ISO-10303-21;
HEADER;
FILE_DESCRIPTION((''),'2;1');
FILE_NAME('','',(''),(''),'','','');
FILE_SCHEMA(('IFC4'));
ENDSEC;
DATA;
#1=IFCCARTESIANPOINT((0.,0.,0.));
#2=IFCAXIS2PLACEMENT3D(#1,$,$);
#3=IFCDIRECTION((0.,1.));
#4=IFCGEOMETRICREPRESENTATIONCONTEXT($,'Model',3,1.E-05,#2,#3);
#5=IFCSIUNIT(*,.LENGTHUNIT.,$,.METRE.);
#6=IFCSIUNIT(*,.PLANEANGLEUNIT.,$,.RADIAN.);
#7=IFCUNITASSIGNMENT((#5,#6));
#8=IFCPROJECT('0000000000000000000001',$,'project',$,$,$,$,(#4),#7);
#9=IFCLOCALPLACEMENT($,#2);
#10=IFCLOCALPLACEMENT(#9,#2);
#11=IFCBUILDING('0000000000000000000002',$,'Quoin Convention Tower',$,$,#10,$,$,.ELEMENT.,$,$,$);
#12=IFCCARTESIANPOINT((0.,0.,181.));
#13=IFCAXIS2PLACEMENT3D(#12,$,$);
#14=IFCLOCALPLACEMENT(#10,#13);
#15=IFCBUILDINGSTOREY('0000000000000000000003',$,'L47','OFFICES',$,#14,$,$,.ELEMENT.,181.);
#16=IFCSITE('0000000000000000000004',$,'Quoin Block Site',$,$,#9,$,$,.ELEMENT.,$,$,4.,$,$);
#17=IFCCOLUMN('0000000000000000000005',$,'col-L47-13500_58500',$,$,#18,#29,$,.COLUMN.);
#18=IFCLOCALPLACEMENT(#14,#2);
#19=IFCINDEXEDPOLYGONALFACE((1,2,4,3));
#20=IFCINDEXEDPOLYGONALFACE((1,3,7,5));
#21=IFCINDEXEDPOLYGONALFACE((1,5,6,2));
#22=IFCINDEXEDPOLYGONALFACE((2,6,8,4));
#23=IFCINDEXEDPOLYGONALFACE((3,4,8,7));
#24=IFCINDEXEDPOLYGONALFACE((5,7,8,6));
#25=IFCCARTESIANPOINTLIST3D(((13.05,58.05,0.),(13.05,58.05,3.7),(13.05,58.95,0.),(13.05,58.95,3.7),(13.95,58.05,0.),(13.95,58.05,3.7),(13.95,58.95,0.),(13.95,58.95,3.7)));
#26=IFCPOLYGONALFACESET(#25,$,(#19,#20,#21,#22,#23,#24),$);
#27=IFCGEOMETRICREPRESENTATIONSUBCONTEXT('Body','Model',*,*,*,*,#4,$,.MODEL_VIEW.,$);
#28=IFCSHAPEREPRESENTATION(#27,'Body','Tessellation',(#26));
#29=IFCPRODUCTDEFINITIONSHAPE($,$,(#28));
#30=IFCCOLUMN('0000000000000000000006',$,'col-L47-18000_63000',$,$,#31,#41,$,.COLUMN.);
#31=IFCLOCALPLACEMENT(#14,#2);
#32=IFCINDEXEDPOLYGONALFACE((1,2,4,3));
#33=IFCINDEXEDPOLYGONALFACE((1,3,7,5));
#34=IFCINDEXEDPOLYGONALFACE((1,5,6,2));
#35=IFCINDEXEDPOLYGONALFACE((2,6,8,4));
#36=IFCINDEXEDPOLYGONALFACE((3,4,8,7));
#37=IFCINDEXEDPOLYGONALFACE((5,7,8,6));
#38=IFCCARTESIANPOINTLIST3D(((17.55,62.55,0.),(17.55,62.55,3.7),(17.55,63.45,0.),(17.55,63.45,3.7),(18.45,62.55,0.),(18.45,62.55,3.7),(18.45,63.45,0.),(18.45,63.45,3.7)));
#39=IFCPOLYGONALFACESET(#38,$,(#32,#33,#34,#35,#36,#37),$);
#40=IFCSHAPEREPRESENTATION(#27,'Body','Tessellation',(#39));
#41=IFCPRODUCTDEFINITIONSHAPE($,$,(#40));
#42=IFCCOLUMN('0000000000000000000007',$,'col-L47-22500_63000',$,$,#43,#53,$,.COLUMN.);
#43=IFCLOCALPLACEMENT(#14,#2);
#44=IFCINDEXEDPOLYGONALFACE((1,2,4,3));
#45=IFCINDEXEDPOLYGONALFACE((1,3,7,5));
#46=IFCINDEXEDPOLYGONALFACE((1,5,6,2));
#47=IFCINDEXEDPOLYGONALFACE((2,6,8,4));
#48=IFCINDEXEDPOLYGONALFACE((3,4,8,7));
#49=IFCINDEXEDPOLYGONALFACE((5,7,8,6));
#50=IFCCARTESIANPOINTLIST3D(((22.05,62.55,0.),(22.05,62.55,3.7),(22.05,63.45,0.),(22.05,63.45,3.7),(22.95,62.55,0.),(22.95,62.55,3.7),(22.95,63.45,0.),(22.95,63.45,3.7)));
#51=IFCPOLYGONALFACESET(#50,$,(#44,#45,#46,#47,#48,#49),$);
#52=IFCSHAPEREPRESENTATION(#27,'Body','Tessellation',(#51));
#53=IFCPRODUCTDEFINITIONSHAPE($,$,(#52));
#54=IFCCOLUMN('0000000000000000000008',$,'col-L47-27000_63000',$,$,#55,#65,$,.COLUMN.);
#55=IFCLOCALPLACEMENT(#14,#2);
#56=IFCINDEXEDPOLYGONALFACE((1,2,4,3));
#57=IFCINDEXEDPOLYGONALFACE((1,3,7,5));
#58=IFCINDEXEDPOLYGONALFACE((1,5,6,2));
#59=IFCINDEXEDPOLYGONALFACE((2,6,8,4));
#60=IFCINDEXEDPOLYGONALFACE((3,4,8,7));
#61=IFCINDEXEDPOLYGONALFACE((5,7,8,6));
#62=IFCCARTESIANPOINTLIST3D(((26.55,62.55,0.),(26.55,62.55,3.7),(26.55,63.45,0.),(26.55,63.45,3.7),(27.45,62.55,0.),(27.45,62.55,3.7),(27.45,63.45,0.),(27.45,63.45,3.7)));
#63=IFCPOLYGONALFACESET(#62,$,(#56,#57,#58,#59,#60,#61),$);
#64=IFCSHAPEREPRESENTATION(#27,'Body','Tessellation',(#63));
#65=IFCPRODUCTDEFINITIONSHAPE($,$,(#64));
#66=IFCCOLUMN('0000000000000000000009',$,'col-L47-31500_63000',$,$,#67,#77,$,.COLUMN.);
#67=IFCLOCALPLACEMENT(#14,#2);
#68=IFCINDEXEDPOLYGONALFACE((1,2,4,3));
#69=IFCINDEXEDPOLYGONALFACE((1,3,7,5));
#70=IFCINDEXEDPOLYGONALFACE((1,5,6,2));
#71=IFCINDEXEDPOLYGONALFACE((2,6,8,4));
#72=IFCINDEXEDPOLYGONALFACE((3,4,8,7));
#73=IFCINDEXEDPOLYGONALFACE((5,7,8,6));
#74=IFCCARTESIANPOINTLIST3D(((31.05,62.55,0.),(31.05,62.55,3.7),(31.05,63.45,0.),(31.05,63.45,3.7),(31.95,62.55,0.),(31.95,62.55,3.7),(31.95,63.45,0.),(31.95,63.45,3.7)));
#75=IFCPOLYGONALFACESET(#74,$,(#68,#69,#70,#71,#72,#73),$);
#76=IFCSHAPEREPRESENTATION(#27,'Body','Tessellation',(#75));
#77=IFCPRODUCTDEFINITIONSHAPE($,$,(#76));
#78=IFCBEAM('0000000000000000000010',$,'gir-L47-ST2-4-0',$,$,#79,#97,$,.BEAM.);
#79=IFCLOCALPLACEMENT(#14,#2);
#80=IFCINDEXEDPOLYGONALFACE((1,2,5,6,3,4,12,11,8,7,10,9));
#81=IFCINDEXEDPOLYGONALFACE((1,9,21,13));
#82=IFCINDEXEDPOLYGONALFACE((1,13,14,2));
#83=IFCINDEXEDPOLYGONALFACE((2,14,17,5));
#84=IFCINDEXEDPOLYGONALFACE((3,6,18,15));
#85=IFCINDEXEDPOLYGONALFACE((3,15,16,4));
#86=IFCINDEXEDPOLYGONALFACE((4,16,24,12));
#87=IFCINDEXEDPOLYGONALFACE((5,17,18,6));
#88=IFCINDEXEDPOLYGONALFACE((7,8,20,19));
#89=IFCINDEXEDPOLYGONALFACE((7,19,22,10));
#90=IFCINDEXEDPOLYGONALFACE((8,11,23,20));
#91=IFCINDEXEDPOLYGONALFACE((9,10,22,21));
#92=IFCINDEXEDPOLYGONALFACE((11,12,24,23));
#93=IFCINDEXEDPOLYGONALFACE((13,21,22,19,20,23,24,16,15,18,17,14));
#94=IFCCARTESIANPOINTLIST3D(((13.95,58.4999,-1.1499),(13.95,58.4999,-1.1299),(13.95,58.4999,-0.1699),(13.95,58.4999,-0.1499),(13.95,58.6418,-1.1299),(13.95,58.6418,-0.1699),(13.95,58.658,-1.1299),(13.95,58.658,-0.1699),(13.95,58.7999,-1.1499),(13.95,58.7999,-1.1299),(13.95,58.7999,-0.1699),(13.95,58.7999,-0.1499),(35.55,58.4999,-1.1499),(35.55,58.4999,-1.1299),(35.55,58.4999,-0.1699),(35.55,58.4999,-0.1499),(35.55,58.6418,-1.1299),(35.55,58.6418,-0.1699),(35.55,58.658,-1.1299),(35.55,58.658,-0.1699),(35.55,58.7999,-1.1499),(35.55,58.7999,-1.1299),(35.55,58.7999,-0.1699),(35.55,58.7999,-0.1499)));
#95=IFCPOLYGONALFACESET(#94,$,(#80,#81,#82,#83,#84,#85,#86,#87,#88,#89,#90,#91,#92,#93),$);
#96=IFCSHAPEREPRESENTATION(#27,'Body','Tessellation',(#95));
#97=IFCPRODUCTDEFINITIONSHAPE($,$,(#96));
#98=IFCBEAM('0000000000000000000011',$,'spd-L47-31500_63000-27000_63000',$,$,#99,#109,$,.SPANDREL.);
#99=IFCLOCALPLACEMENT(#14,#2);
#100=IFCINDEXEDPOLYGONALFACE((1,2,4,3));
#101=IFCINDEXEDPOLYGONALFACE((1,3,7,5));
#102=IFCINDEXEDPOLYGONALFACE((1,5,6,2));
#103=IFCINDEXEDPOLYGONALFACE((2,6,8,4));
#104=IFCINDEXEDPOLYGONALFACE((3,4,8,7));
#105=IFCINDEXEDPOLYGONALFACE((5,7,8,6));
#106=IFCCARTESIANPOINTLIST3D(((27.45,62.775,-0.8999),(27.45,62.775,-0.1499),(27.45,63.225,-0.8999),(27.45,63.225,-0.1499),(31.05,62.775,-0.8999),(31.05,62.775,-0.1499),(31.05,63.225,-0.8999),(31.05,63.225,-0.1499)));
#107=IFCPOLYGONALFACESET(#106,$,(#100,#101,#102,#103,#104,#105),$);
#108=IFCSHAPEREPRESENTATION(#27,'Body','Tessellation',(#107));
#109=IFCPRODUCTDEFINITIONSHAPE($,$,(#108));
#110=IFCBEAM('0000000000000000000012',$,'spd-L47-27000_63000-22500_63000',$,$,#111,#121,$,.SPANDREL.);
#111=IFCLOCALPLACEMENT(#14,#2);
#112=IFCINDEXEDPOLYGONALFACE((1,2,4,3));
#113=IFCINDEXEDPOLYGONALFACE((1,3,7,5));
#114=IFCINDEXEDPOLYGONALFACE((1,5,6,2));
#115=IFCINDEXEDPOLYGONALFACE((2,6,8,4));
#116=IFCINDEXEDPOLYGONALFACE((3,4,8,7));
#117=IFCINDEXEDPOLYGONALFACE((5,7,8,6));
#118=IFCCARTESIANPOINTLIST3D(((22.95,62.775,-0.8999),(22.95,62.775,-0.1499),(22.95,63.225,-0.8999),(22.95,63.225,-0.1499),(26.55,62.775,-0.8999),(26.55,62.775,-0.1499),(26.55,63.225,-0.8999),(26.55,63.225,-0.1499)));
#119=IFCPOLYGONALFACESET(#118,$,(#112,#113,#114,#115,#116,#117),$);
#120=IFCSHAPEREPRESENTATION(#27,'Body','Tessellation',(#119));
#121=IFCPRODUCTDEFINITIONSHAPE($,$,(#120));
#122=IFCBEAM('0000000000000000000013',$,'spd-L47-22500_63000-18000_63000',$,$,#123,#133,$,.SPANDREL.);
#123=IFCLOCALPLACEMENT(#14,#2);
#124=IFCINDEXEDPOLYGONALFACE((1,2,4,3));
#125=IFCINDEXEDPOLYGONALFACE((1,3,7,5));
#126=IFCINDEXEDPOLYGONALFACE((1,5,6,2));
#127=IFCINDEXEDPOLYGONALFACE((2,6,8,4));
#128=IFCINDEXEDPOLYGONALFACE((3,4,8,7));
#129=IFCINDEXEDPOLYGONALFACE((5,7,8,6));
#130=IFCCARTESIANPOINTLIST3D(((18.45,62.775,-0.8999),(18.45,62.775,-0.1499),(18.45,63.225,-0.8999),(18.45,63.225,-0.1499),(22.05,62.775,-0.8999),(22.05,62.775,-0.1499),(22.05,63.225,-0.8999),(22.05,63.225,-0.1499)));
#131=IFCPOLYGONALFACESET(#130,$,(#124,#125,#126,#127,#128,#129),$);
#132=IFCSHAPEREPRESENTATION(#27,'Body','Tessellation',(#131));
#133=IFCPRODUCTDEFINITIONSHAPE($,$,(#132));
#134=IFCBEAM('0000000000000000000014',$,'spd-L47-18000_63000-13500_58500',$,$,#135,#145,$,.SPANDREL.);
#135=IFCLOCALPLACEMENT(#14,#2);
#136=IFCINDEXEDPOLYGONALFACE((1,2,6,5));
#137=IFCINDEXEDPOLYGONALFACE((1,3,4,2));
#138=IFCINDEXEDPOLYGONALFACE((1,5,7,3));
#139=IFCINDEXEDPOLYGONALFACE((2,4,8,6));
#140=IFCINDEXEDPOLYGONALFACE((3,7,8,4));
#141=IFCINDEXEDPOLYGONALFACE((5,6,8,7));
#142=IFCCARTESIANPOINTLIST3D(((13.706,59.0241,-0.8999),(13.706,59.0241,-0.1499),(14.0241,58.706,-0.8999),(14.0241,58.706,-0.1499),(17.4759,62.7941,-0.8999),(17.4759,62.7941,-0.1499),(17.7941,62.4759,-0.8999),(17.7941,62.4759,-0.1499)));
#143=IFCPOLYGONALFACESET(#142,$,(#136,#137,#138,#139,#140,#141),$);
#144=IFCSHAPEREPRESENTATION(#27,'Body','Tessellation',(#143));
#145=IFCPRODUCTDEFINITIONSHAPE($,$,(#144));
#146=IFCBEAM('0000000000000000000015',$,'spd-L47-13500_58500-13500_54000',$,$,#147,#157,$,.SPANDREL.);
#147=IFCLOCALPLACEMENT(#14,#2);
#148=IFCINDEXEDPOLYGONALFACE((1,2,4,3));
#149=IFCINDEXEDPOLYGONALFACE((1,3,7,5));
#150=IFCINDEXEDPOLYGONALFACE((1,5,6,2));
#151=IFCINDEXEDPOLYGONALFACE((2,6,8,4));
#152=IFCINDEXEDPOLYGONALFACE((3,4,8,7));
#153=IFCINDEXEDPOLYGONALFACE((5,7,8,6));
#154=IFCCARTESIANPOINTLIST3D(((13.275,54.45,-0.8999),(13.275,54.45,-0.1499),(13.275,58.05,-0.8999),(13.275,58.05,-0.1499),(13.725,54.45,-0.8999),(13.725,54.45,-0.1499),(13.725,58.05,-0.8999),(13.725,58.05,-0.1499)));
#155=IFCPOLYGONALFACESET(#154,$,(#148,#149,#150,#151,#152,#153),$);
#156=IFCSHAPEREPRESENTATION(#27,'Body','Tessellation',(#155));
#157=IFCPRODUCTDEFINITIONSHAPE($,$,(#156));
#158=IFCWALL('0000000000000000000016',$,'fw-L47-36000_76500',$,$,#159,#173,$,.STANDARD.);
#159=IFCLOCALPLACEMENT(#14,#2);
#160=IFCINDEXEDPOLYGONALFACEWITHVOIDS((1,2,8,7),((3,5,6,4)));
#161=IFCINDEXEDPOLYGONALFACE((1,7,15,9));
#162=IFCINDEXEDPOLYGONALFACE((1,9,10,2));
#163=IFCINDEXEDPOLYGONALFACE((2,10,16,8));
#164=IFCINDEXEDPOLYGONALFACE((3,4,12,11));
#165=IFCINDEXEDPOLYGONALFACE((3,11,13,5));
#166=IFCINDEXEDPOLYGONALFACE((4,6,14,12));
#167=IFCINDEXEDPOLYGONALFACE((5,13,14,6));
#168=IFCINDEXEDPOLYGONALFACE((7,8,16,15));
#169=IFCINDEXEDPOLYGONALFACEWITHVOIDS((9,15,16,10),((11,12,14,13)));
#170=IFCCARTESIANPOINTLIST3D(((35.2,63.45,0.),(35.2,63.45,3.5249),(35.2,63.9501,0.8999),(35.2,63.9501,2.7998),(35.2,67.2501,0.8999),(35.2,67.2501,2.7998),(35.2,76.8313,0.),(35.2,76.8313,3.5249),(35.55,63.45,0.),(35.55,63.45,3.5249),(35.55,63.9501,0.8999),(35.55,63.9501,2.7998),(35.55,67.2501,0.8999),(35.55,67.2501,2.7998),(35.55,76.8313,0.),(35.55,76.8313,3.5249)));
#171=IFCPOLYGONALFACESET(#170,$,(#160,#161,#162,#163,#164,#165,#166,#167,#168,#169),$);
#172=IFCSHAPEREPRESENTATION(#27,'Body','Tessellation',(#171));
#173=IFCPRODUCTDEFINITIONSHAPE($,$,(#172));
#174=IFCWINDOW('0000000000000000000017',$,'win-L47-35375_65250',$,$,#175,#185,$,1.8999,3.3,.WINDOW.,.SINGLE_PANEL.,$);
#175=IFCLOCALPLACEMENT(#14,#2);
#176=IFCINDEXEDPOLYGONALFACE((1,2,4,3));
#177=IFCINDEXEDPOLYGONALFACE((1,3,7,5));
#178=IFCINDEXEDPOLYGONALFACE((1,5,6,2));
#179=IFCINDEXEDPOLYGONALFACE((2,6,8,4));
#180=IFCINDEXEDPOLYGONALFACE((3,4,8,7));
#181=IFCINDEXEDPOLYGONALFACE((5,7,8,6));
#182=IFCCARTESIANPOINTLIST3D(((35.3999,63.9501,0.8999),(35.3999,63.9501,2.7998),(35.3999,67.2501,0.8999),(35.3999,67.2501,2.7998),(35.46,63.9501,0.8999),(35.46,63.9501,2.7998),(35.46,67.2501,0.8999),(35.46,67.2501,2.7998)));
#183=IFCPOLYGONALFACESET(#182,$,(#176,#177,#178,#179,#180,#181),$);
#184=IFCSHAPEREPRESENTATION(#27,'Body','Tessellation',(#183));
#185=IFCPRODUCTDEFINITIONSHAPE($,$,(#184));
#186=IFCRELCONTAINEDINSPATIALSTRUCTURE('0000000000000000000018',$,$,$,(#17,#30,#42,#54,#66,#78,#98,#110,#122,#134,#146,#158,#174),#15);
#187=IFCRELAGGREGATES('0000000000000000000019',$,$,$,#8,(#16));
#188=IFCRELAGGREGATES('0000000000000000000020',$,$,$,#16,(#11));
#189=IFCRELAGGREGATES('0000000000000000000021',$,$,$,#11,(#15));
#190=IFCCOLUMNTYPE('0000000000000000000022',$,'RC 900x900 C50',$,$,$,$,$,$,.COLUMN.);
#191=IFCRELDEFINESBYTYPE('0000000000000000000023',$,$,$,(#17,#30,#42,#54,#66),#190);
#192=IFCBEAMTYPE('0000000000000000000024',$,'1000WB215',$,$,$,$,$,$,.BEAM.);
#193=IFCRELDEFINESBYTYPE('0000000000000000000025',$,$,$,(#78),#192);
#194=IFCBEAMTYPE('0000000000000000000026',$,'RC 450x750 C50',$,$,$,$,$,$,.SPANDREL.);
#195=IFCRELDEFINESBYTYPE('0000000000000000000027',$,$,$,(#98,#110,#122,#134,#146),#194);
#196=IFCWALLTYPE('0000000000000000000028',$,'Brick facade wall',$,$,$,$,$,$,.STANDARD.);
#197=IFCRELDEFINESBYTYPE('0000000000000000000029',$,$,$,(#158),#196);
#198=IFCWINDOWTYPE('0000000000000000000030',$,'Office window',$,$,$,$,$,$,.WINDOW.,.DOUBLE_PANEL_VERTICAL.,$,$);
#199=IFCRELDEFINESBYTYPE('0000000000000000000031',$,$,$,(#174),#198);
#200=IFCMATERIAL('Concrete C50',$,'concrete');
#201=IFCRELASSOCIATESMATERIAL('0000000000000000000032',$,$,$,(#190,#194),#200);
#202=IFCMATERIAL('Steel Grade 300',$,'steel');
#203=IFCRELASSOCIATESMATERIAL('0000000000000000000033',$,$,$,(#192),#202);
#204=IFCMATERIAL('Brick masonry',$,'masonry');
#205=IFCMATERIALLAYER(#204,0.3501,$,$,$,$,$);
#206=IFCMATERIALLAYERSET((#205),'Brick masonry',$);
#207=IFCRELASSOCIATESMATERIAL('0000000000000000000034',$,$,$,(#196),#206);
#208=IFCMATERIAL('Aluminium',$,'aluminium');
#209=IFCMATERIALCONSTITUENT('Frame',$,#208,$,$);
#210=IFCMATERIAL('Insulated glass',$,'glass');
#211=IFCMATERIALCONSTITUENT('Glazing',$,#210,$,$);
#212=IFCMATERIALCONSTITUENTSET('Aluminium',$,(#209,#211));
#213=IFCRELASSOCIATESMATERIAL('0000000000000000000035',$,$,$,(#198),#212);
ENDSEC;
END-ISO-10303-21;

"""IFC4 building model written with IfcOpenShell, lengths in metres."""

from ifc_helpers import new_model, si_unit, direction, frame, frame_2d, origin, origin_2d, place, context, subcontext, project, spatial, rectangle, i_section, extrude, material, layer, layer_set, constituent, constituent_set, material_profile, profile_set, type_object, element, fill, save


model = new_model("IFC4")

# Units and contexts
model_context = context("Model", 3, precision=1e-05, world=origin(), true_north=direction((0.0, 1.0)))
body_context = subcontext(model_context, "Body", "Model", "MODEL_VIEW")
ifc_project = project(units=[si_unit("LENGTHUNIT", "METRE"), si_unit("PLANEANGLEUNIT", "RADIAN")], contexts=[model_context])

# Site, building, storey
site_placement = place(None, origin())
site = spatial("IfcSite", under=ifc_project, at=site_placement, Name="Quoin Block Site", CompositionType="ELEMENT", RefElevation=4.0)
building_placement = place(site_placement, origin())
building = spatial("IfcBuilding", under=site, at=building_placement, Name="Quoin Convention Tower", CompositionType="ELEMENT")
storey_placement = place(building_placement, frame((0.0, 0.0, 181.0)))
storey = spatial("IfcBuildingStorey", under=building, at=storey_placement, Name="L47", Description="OFFICES", CompositionType="ELEMENT", Elevation=181.0)

# Columns
ifc_material_1 = material(Name="Concrete C50", Category="concrete")
ifc_material_profile_1 = material_profile(ifc_material_1, rectangle(XDim=0.8999, YDim=0.8999, at=origin_2d()), Name="RC 900x900")
ifc_profile_set_1 = profile_set([ifc_material_profile_1], Name="Concrete C50")
column_type = type_object("IfcColumnType", Name="RC 900x900 C50", PredefinedType="COLUMN", material=ifc_profile_set_1)
for number, where, z_axis, x_axis, name in (
    (1, (13.5, 58.5, 0.0), (0.0, 0.0, 1.0), (1.0, 0.0, 0.0), "col-L47-13500_58500"),
    (2, (18.0, 63.0, 0.0), (0.0, 0.0, 1.0), (1.0, 0.0, 0.0), "col-L47-18000_63000"),
    (3, (22.5, 63.0, 0.0), (0.0, 0.0, 1.0), (1.0, 0.0, 0.0), "col-L47-22500_63000"),
    (4, (27.0, 63.0, 0.0), (0.0, 0.0, 1.0), (1.0, 0.0, 0.0), "col-L47-27000_63000"),
    (5, (31.5, 63.0, 0.0), (0.0, 0.0, 1.0), (1.0, 0.0, 0.0), "col-L47-31500_63000"),
):
    element("IfcColumn", number, at=place(storey_placement, frame(where, z_axis=z_axis, x_axis=x_axis)), inside=storey, type_object=column_type, Name=name, PredefinedType="COLUMN", context=body_context, shape_type="SweptSolid", body=[
        extrude(rectangle(XDim=0.8999, YDim=0.8999, at=origin_2d()), origin(), (0.0, 0.0, 1.0), 3.7),
    ])

# Beams
ifc_material_2 = material(Name="Steel Grade 300", Category="steel")
ifc_material_profile_2 = material_profile(ifc_material_2, i_section(OverallWidth=0.3, OverallDepth=1.0, WebThickness=0.0161, FlangeThickness=0.02, at=origin_2d()), Name="1000WB215")
ifc_profile_set_2 = profile_set([ifc_material_profile_2], Name="Steel Grade 300")
beam_type_1 = type_object("IfcBeamType", Name="1000WB215", PredefinedType="BEAM", material=ifc_profile_set_2)
beam_1_placement = place(storey_placement, frame((13.95, 58.6499, -0.6499), z_axis=(1.0, 0.0, 0.0), x_axis=(0.0, 1.0, 0.0)))
element("IfcBeam", 6, at=beam_1_placement, inside=storey, type_object=beam_type_1, Name="gir-L47-ST2-4-0", PredefinedType="BEAM", context=body_context, shape_type="SweptSolid", body=[
    extrude(i_section(OverallWidth=0.3, OverallDepth=1.0, WebThickness=0.0161, FlangeThickness=0.02, at=origin_2d()), origin(), (0.0, 0.0, 1.0), 21.6001),
])
ifc_material_profile_3 = material_profile(ifc_material_1, rectangle(XDim=0.45, YDim=0.75, at=origin_2d()), Name="RC 450x750")
ifc_profile_set_3 = profile_set([ifc_material_profile_3], Name="Concrete C50")
beam_type_2 = type_object("IfcBeamType", Name="RC 450x750 C50", PredefinedType="SPANDREL", material=ifc_profile_set_3)
for number, where, z_axis, x_axis, name in (
    (7, (31.05, 63.0, -0.5249), (-1.0, 0.0, 0.0), (0.0, -1.0, 0.0), "spd-L47-31500_63000-27000_63000"),
    (8, (26.55, 63.0, -0.5249), (-1.0, 0.0, 0.0), (0.0, -1.0, 0.0), "spd-L47-27000_63000-22500_63000"),
    (9, (22.05, 63.0, -0.5249), (-1.0, 0.0, 0.0), (0.0, -1.0, 0.0), "spd-L47-22500_63000-18000_63000"),
):
    element("IfcBeam", number, at=place(storey_placement, frame(where, z_axis=z_axis, x_axis=x_axis)), inside=storey, type_object=beam_type_2, Name=name, PredefinedType="SPANDREL", context=body_context, shape_type="SweptSolid", body=[
        extrude(rectangle(XDim=0.45, YDim=0.75, at=origin_2d()), origin(), (0.0, 0.0, 1.0), 3.6001),
    ])
beam_2_placement = place(storey_placement, frame((17.635, 62.635, -0.5249), z_axis=(-0.707107, -0.707107, 0.0), x_axis=(0.707107, -0.707107, 0.0)))
element("IfcBeam", 10, at=beam_2_placement, inside=storey, type_object=beam_type_2, Name="spd-L47-18000_63000-13500_58500", PredefinedType="SPANDREL", context=body_context, shape_type="SweptSolid", body=[
    extrude(rectangle(XDim=0.45, YDim=0.75, at=origin_2d()), origin(), (0.0, 0.0, 1.0), 5.3315),
])
beam_3_placement = place(storey_placement, frame((13.5, 58.05, -0.5249), z_axis=(0.0, -1.0, 0.0), x_axis=(1.0, 0.0, 0.0)))
element("IfcBeam", 11, at=beam_3_placement, inside=storey, type_object=beam_type_2, Name="spd-L47-13500_58500-13500_54000", PredefinedType="SPANDREL", context=body_context, shape_type="SweptSolid", body=[
    extrude(rectangle(XDim=0.45, YDim=0.75, at=origin_2d()), origin(), (0.0, 0.0, 1.0), 3.6001),
])

# Wall, opening, window
ifc_material_3 = material(Name="Brick masonry", Category="masonry")
ifc_layer_1 = layer(ifc_material_3, 0.3501)
ifc_layer_set_1 = layer_set([ifc_layer_1], Name="Brick masonry")
wall_type_1 = type_object("IfcWallType", Name="Brick facade wall", PredefinedType="STANDARD", material=ifc_layer_set_1)
wall_1_placement = place(storey_placement, frame((35.375, 76.8313, 0.0), z_axis=(0.0, 0.0, 1.0), x_axis=(0.0, -1.0, 0.0)))
wall_1 = element("IfcWall", 12, at=wall_1_placement, inside=storey, type_object=wall_type_1, Name="fw-L47-36000_76500", PredefinedType="STANDARD", context=body_context, shape_type="SweptSolid", body=[
    extrude(rectangle(XDim=13.3813, YDim=0.3501, at=frame_2d((6.6907, 0.0))), origin(), (0.0, 0.0, 1.0), 3.5249),
])
opening_1_placement = place(wall_1_placement, frame((9.5813, 0.0, 0.8999)))
opening_1 = element("IfcOpeningElement", 13, at=opening_1_placement, cuts=wall_1, PredefinedType="OPENING", context=body_context, shape_type="SweptSolid", body=[
    extrude(rectangle(XDim=3.3, YDim=1.8999, at=frame_2d((1.6499, 0.95))), frame((0.0, 0.1851, 0.0), z_axis=(0.0, -1.0, 0.0), x_axis=(1.0, 0.0, 0.0)), (0.0, 0.0, 1.0), 0.3701),
])
ifc_material_4 = material(Name="Aluminium", Category="aluminium")
ifc_constituent_1 = constituent(ifc_material_4, Name="Frame")
ifc_material_5 = material(Name="Insulated glass", Category="glass")
ifc_constituent_2 = constituent(ifc_material_5, Name="Glazing")
ifc_constituent_set = constituent_set(constituents=[ifc_constituent_1, ifc_constituent_2], Name="Aluminium")
window_type = type_object("IfcWindowType", Name="Office window", PartitioningType="DOUBLE_PANEL_VERTICAL", PredefinedType="WINDOW", material=ifc_constituent_set)
window_1_placement = place(opening_1_placement, origin())
window_1 = element("IfcWindow", 14, at=window_1_placement, inside=storey, type_object=window_type, Name="win-L47-35375_65250", OverallHeight=1.8999, OverallWidth=3.3, PartitioningType="SINGLE_PANEL", PredefinedType="WINDOW", context=body_context, shape_type="SweptSolid", body=[
    extrude(rectangle(XDim=3.3, YDim=1.8999, at=frame_2d((1.6499, 0.95))), frame((0.0, 0.085, 0.0), z_axis=(0.0, -1.0, 0.0), x_axis=(1.0, 0.0, 0.0)), (0.0, 0.0, 1.0), 0.0601),
])
fill(opening_1, window_1)

save(model, "model.ifc")
